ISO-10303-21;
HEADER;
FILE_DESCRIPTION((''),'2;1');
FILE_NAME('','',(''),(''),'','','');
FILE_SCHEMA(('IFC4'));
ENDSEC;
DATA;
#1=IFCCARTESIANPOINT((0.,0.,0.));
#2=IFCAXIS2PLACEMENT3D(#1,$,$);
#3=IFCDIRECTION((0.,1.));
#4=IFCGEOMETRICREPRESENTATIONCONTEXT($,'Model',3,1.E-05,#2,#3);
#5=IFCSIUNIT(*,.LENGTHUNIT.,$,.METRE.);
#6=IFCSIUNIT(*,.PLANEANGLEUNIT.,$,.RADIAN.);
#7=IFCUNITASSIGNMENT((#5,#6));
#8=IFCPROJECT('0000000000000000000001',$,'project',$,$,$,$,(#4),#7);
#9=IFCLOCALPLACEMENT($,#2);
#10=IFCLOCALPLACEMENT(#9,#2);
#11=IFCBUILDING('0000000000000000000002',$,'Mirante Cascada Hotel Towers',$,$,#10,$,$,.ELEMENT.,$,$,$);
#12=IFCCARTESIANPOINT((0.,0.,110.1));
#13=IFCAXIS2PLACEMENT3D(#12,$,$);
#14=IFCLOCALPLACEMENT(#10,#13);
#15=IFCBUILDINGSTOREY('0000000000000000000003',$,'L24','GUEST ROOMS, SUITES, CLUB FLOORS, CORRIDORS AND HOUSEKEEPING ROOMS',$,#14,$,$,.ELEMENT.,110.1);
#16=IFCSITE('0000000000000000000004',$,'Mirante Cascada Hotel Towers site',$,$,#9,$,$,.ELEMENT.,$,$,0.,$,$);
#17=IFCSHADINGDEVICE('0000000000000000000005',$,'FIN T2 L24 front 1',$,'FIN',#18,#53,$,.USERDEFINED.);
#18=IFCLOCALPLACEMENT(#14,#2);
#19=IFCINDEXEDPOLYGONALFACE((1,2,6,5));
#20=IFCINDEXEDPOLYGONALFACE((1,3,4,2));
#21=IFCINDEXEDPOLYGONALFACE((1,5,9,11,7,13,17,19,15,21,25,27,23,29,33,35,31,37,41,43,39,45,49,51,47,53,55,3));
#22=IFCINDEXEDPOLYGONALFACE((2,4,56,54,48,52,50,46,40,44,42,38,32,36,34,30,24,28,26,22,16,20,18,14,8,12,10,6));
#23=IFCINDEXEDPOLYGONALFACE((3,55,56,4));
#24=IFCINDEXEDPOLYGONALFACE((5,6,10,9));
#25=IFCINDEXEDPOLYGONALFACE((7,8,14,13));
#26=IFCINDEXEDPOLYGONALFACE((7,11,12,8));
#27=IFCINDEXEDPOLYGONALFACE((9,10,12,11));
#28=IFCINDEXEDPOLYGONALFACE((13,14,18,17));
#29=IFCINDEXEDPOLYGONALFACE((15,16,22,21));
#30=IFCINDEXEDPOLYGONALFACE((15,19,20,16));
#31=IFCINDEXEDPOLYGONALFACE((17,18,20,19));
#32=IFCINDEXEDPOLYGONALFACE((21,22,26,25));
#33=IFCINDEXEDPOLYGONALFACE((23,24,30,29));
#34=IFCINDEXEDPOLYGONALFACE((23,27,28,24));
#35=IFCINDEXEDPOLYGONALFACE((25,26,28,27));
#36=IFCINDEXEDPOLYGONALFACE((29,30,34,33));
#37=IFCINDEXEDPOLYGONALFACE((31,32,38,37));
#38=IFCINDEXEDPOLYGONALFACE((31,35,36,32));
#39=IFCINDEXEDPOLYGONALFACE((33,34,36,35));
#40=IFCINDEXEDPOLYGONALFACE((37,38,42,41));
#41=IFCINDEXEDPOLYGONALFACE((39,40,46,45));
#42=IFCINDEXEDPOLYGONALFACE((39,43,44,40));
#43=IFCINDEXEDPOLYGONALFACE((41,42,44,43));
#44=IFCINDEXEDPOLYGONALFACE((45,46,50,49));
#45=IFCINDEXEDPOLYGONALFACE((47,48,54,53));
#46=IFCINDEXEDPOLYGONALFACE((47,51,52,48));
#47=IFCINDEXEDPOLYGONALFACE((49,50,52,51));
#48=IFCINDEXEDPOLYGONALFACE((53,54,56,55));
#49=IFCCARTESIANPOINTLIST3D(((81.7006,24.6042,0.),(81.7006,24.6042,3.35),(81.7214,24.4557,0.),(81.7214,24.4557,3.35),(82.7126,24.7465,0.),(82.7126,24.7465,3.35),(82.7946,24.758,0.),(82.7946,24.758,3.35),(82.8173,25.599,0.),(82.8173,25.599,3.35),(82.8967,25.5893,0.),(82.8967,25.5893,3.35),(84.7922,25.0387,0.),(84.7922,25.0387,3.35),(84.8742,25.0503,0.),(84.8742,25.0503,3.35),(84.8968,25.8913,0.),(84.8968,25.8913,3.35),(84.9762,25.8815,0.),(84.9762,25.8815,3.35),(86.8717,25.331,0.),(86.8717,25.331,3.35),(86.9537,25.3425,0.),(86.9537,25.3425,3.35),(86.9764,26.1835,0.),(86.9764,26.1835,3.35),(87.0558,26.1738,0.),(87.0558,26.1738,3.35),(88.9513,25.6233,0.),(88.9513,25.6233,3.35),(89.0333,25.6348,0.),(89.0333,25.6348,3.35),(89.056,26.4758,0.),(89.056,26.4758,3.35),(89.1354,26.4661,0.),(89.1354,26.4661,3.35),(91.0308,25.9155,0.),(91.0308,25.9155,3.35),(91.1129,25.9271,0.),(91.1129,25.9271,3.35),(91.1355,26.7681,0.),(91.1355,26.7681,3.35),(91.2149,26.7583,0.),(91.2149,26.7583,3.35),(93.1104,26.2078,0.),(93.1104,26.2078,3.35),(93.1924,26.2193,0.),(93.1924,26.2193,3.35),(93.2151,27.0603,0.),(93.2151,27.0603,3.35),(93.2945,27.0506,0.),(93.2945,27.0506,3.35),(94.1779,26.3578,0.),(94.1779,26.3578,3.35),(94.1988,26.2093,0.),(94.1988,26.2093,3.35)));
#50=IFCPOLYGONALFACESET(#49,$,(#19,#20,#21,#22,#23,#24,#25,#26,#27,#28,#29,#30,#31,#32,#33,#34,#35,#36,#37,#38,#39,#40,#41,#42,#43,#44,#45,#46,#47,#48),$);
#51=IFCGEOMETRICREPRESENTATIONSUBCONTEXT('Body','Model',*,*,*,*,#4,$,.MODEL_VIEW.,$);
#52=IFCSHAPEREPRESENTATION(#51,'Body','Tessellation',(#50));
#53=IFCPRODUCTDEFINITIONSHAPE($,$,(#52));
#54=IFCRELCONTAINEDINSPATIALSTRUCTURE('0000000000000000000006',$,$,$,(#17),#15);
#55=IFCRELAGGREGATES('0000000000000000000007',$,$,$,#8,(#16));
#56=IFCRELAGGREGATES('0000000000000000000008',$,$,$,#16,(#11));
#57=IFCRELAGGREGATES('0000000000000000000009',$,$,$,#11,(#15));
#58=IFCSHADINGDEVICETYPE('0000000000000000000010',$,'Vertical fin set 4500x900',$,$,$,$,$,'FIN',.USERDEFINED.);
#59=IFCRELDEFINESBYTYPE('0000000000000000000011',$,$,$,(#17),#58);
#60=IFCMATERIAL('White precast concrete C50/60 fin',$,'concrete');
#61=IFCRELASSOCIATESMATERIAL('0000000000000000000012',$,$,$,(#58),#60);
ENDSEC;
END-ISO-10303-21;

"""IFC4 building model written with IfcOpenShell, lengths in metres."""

from ifc_helpers import new_model, si_unit, direction, frame, origin, place, context, subcontext, project, spatial, polyline, outline, extrude, material, type_object, element, save


model = new_model("IFC4")

# Units and contexts
model_context = context("Model", 3, precision=1e-05, world=origin(), true_north=direction((0.0, 1.0)))
body_context = subcontext(model_context, "Body", "Model", "MODEL_VIEW")
ifc_project = project(units=[si_unit("LENGTHUNIT", "METRE"), si_unit("PLANEANGLEUNIT", "RADIAN")], contexts=[model_context])

# Site, building, storey
site_placement = place(None, origin())
site = spatial("IfcSite", under=ifc_project, at=site_placement, Name="Mirante Cascada Hotel Towers site", CompositionType="ELEMENT", RefElevation=0.0)
building_placement = place(site_placement, origin())
building = spatial("IfcBuilding", under=site, at=building_placement, Name="Mirante Cascada Hotel Towers", CompositionType="ELEMENT")
storey_placement = place(building_placement, frame((0.0, 0.0, 110.1)))
storey = spatial("IfcBuildingStorey", under=building, at=storey_placement, Name="L24", Description="GUEST ROOMS, SUITES, CLUB FLOORS, CORRIDORS AND HOUSEKEEPING ROOMS", CompositionType="ELEMENT", Elevation=110.1)

# Shading device
ifc_material_1 = material(Name="White precast concrete C50/60 fin", Category="concrete")
shading_device_type = type_object("IfcShadingDeviceType", Name="Vertical fin set 4500x900", ElementType="FIN", PredefinedType="USERDEFINED", material=ifc_material_1)
shading_device_1_placement = place(storey_placement, origin())
element("IfcShadingDevice", 1, at=shading_device_1_placement, inside=storey, type_object=shading_device_type, Name="FIN T2 L24 front 1", ObjectType="FIN", PredefinedType="USERDEFINED", context=body_context, shape_type="SweptSolid", body=[
    extrude(outline(polyline([(82.8967, 25.5893), (82.7946, 24.758), (84.7922, 25.0387), (84.8968, 25.8913), (84.9762, 25.8815), (84.8742, 25.0503), (86.8717, 25.331), (86.9764, 26.1835), (87.0558, 26.1738), (86.9537, 25.3425), (88.9513, 25.6233), (89.056, 26.4758), (89.1354, 26.4661), (89.0333, 25.6348), (91.0308, 25.9155), (91.1355, 26.7681), (91.2149, 26.7583), (91.1129, 25.9271), (93.1104, 26.2078), (93.2151, 27.0603), (93.2945, 27.0506), (93.1924, 26.2193), (94.1779, 26.3578), (94.1988, 26.2093), (81.7214, 24.4557), (81.7006, 24.6042), (82.7126, 24.7465), (82.8173, 25.599), (82.8967, 25.5893)])), origin(), (0.0, 0.0, 1.0), 3.35),
])

save(model, "model.ifc")
